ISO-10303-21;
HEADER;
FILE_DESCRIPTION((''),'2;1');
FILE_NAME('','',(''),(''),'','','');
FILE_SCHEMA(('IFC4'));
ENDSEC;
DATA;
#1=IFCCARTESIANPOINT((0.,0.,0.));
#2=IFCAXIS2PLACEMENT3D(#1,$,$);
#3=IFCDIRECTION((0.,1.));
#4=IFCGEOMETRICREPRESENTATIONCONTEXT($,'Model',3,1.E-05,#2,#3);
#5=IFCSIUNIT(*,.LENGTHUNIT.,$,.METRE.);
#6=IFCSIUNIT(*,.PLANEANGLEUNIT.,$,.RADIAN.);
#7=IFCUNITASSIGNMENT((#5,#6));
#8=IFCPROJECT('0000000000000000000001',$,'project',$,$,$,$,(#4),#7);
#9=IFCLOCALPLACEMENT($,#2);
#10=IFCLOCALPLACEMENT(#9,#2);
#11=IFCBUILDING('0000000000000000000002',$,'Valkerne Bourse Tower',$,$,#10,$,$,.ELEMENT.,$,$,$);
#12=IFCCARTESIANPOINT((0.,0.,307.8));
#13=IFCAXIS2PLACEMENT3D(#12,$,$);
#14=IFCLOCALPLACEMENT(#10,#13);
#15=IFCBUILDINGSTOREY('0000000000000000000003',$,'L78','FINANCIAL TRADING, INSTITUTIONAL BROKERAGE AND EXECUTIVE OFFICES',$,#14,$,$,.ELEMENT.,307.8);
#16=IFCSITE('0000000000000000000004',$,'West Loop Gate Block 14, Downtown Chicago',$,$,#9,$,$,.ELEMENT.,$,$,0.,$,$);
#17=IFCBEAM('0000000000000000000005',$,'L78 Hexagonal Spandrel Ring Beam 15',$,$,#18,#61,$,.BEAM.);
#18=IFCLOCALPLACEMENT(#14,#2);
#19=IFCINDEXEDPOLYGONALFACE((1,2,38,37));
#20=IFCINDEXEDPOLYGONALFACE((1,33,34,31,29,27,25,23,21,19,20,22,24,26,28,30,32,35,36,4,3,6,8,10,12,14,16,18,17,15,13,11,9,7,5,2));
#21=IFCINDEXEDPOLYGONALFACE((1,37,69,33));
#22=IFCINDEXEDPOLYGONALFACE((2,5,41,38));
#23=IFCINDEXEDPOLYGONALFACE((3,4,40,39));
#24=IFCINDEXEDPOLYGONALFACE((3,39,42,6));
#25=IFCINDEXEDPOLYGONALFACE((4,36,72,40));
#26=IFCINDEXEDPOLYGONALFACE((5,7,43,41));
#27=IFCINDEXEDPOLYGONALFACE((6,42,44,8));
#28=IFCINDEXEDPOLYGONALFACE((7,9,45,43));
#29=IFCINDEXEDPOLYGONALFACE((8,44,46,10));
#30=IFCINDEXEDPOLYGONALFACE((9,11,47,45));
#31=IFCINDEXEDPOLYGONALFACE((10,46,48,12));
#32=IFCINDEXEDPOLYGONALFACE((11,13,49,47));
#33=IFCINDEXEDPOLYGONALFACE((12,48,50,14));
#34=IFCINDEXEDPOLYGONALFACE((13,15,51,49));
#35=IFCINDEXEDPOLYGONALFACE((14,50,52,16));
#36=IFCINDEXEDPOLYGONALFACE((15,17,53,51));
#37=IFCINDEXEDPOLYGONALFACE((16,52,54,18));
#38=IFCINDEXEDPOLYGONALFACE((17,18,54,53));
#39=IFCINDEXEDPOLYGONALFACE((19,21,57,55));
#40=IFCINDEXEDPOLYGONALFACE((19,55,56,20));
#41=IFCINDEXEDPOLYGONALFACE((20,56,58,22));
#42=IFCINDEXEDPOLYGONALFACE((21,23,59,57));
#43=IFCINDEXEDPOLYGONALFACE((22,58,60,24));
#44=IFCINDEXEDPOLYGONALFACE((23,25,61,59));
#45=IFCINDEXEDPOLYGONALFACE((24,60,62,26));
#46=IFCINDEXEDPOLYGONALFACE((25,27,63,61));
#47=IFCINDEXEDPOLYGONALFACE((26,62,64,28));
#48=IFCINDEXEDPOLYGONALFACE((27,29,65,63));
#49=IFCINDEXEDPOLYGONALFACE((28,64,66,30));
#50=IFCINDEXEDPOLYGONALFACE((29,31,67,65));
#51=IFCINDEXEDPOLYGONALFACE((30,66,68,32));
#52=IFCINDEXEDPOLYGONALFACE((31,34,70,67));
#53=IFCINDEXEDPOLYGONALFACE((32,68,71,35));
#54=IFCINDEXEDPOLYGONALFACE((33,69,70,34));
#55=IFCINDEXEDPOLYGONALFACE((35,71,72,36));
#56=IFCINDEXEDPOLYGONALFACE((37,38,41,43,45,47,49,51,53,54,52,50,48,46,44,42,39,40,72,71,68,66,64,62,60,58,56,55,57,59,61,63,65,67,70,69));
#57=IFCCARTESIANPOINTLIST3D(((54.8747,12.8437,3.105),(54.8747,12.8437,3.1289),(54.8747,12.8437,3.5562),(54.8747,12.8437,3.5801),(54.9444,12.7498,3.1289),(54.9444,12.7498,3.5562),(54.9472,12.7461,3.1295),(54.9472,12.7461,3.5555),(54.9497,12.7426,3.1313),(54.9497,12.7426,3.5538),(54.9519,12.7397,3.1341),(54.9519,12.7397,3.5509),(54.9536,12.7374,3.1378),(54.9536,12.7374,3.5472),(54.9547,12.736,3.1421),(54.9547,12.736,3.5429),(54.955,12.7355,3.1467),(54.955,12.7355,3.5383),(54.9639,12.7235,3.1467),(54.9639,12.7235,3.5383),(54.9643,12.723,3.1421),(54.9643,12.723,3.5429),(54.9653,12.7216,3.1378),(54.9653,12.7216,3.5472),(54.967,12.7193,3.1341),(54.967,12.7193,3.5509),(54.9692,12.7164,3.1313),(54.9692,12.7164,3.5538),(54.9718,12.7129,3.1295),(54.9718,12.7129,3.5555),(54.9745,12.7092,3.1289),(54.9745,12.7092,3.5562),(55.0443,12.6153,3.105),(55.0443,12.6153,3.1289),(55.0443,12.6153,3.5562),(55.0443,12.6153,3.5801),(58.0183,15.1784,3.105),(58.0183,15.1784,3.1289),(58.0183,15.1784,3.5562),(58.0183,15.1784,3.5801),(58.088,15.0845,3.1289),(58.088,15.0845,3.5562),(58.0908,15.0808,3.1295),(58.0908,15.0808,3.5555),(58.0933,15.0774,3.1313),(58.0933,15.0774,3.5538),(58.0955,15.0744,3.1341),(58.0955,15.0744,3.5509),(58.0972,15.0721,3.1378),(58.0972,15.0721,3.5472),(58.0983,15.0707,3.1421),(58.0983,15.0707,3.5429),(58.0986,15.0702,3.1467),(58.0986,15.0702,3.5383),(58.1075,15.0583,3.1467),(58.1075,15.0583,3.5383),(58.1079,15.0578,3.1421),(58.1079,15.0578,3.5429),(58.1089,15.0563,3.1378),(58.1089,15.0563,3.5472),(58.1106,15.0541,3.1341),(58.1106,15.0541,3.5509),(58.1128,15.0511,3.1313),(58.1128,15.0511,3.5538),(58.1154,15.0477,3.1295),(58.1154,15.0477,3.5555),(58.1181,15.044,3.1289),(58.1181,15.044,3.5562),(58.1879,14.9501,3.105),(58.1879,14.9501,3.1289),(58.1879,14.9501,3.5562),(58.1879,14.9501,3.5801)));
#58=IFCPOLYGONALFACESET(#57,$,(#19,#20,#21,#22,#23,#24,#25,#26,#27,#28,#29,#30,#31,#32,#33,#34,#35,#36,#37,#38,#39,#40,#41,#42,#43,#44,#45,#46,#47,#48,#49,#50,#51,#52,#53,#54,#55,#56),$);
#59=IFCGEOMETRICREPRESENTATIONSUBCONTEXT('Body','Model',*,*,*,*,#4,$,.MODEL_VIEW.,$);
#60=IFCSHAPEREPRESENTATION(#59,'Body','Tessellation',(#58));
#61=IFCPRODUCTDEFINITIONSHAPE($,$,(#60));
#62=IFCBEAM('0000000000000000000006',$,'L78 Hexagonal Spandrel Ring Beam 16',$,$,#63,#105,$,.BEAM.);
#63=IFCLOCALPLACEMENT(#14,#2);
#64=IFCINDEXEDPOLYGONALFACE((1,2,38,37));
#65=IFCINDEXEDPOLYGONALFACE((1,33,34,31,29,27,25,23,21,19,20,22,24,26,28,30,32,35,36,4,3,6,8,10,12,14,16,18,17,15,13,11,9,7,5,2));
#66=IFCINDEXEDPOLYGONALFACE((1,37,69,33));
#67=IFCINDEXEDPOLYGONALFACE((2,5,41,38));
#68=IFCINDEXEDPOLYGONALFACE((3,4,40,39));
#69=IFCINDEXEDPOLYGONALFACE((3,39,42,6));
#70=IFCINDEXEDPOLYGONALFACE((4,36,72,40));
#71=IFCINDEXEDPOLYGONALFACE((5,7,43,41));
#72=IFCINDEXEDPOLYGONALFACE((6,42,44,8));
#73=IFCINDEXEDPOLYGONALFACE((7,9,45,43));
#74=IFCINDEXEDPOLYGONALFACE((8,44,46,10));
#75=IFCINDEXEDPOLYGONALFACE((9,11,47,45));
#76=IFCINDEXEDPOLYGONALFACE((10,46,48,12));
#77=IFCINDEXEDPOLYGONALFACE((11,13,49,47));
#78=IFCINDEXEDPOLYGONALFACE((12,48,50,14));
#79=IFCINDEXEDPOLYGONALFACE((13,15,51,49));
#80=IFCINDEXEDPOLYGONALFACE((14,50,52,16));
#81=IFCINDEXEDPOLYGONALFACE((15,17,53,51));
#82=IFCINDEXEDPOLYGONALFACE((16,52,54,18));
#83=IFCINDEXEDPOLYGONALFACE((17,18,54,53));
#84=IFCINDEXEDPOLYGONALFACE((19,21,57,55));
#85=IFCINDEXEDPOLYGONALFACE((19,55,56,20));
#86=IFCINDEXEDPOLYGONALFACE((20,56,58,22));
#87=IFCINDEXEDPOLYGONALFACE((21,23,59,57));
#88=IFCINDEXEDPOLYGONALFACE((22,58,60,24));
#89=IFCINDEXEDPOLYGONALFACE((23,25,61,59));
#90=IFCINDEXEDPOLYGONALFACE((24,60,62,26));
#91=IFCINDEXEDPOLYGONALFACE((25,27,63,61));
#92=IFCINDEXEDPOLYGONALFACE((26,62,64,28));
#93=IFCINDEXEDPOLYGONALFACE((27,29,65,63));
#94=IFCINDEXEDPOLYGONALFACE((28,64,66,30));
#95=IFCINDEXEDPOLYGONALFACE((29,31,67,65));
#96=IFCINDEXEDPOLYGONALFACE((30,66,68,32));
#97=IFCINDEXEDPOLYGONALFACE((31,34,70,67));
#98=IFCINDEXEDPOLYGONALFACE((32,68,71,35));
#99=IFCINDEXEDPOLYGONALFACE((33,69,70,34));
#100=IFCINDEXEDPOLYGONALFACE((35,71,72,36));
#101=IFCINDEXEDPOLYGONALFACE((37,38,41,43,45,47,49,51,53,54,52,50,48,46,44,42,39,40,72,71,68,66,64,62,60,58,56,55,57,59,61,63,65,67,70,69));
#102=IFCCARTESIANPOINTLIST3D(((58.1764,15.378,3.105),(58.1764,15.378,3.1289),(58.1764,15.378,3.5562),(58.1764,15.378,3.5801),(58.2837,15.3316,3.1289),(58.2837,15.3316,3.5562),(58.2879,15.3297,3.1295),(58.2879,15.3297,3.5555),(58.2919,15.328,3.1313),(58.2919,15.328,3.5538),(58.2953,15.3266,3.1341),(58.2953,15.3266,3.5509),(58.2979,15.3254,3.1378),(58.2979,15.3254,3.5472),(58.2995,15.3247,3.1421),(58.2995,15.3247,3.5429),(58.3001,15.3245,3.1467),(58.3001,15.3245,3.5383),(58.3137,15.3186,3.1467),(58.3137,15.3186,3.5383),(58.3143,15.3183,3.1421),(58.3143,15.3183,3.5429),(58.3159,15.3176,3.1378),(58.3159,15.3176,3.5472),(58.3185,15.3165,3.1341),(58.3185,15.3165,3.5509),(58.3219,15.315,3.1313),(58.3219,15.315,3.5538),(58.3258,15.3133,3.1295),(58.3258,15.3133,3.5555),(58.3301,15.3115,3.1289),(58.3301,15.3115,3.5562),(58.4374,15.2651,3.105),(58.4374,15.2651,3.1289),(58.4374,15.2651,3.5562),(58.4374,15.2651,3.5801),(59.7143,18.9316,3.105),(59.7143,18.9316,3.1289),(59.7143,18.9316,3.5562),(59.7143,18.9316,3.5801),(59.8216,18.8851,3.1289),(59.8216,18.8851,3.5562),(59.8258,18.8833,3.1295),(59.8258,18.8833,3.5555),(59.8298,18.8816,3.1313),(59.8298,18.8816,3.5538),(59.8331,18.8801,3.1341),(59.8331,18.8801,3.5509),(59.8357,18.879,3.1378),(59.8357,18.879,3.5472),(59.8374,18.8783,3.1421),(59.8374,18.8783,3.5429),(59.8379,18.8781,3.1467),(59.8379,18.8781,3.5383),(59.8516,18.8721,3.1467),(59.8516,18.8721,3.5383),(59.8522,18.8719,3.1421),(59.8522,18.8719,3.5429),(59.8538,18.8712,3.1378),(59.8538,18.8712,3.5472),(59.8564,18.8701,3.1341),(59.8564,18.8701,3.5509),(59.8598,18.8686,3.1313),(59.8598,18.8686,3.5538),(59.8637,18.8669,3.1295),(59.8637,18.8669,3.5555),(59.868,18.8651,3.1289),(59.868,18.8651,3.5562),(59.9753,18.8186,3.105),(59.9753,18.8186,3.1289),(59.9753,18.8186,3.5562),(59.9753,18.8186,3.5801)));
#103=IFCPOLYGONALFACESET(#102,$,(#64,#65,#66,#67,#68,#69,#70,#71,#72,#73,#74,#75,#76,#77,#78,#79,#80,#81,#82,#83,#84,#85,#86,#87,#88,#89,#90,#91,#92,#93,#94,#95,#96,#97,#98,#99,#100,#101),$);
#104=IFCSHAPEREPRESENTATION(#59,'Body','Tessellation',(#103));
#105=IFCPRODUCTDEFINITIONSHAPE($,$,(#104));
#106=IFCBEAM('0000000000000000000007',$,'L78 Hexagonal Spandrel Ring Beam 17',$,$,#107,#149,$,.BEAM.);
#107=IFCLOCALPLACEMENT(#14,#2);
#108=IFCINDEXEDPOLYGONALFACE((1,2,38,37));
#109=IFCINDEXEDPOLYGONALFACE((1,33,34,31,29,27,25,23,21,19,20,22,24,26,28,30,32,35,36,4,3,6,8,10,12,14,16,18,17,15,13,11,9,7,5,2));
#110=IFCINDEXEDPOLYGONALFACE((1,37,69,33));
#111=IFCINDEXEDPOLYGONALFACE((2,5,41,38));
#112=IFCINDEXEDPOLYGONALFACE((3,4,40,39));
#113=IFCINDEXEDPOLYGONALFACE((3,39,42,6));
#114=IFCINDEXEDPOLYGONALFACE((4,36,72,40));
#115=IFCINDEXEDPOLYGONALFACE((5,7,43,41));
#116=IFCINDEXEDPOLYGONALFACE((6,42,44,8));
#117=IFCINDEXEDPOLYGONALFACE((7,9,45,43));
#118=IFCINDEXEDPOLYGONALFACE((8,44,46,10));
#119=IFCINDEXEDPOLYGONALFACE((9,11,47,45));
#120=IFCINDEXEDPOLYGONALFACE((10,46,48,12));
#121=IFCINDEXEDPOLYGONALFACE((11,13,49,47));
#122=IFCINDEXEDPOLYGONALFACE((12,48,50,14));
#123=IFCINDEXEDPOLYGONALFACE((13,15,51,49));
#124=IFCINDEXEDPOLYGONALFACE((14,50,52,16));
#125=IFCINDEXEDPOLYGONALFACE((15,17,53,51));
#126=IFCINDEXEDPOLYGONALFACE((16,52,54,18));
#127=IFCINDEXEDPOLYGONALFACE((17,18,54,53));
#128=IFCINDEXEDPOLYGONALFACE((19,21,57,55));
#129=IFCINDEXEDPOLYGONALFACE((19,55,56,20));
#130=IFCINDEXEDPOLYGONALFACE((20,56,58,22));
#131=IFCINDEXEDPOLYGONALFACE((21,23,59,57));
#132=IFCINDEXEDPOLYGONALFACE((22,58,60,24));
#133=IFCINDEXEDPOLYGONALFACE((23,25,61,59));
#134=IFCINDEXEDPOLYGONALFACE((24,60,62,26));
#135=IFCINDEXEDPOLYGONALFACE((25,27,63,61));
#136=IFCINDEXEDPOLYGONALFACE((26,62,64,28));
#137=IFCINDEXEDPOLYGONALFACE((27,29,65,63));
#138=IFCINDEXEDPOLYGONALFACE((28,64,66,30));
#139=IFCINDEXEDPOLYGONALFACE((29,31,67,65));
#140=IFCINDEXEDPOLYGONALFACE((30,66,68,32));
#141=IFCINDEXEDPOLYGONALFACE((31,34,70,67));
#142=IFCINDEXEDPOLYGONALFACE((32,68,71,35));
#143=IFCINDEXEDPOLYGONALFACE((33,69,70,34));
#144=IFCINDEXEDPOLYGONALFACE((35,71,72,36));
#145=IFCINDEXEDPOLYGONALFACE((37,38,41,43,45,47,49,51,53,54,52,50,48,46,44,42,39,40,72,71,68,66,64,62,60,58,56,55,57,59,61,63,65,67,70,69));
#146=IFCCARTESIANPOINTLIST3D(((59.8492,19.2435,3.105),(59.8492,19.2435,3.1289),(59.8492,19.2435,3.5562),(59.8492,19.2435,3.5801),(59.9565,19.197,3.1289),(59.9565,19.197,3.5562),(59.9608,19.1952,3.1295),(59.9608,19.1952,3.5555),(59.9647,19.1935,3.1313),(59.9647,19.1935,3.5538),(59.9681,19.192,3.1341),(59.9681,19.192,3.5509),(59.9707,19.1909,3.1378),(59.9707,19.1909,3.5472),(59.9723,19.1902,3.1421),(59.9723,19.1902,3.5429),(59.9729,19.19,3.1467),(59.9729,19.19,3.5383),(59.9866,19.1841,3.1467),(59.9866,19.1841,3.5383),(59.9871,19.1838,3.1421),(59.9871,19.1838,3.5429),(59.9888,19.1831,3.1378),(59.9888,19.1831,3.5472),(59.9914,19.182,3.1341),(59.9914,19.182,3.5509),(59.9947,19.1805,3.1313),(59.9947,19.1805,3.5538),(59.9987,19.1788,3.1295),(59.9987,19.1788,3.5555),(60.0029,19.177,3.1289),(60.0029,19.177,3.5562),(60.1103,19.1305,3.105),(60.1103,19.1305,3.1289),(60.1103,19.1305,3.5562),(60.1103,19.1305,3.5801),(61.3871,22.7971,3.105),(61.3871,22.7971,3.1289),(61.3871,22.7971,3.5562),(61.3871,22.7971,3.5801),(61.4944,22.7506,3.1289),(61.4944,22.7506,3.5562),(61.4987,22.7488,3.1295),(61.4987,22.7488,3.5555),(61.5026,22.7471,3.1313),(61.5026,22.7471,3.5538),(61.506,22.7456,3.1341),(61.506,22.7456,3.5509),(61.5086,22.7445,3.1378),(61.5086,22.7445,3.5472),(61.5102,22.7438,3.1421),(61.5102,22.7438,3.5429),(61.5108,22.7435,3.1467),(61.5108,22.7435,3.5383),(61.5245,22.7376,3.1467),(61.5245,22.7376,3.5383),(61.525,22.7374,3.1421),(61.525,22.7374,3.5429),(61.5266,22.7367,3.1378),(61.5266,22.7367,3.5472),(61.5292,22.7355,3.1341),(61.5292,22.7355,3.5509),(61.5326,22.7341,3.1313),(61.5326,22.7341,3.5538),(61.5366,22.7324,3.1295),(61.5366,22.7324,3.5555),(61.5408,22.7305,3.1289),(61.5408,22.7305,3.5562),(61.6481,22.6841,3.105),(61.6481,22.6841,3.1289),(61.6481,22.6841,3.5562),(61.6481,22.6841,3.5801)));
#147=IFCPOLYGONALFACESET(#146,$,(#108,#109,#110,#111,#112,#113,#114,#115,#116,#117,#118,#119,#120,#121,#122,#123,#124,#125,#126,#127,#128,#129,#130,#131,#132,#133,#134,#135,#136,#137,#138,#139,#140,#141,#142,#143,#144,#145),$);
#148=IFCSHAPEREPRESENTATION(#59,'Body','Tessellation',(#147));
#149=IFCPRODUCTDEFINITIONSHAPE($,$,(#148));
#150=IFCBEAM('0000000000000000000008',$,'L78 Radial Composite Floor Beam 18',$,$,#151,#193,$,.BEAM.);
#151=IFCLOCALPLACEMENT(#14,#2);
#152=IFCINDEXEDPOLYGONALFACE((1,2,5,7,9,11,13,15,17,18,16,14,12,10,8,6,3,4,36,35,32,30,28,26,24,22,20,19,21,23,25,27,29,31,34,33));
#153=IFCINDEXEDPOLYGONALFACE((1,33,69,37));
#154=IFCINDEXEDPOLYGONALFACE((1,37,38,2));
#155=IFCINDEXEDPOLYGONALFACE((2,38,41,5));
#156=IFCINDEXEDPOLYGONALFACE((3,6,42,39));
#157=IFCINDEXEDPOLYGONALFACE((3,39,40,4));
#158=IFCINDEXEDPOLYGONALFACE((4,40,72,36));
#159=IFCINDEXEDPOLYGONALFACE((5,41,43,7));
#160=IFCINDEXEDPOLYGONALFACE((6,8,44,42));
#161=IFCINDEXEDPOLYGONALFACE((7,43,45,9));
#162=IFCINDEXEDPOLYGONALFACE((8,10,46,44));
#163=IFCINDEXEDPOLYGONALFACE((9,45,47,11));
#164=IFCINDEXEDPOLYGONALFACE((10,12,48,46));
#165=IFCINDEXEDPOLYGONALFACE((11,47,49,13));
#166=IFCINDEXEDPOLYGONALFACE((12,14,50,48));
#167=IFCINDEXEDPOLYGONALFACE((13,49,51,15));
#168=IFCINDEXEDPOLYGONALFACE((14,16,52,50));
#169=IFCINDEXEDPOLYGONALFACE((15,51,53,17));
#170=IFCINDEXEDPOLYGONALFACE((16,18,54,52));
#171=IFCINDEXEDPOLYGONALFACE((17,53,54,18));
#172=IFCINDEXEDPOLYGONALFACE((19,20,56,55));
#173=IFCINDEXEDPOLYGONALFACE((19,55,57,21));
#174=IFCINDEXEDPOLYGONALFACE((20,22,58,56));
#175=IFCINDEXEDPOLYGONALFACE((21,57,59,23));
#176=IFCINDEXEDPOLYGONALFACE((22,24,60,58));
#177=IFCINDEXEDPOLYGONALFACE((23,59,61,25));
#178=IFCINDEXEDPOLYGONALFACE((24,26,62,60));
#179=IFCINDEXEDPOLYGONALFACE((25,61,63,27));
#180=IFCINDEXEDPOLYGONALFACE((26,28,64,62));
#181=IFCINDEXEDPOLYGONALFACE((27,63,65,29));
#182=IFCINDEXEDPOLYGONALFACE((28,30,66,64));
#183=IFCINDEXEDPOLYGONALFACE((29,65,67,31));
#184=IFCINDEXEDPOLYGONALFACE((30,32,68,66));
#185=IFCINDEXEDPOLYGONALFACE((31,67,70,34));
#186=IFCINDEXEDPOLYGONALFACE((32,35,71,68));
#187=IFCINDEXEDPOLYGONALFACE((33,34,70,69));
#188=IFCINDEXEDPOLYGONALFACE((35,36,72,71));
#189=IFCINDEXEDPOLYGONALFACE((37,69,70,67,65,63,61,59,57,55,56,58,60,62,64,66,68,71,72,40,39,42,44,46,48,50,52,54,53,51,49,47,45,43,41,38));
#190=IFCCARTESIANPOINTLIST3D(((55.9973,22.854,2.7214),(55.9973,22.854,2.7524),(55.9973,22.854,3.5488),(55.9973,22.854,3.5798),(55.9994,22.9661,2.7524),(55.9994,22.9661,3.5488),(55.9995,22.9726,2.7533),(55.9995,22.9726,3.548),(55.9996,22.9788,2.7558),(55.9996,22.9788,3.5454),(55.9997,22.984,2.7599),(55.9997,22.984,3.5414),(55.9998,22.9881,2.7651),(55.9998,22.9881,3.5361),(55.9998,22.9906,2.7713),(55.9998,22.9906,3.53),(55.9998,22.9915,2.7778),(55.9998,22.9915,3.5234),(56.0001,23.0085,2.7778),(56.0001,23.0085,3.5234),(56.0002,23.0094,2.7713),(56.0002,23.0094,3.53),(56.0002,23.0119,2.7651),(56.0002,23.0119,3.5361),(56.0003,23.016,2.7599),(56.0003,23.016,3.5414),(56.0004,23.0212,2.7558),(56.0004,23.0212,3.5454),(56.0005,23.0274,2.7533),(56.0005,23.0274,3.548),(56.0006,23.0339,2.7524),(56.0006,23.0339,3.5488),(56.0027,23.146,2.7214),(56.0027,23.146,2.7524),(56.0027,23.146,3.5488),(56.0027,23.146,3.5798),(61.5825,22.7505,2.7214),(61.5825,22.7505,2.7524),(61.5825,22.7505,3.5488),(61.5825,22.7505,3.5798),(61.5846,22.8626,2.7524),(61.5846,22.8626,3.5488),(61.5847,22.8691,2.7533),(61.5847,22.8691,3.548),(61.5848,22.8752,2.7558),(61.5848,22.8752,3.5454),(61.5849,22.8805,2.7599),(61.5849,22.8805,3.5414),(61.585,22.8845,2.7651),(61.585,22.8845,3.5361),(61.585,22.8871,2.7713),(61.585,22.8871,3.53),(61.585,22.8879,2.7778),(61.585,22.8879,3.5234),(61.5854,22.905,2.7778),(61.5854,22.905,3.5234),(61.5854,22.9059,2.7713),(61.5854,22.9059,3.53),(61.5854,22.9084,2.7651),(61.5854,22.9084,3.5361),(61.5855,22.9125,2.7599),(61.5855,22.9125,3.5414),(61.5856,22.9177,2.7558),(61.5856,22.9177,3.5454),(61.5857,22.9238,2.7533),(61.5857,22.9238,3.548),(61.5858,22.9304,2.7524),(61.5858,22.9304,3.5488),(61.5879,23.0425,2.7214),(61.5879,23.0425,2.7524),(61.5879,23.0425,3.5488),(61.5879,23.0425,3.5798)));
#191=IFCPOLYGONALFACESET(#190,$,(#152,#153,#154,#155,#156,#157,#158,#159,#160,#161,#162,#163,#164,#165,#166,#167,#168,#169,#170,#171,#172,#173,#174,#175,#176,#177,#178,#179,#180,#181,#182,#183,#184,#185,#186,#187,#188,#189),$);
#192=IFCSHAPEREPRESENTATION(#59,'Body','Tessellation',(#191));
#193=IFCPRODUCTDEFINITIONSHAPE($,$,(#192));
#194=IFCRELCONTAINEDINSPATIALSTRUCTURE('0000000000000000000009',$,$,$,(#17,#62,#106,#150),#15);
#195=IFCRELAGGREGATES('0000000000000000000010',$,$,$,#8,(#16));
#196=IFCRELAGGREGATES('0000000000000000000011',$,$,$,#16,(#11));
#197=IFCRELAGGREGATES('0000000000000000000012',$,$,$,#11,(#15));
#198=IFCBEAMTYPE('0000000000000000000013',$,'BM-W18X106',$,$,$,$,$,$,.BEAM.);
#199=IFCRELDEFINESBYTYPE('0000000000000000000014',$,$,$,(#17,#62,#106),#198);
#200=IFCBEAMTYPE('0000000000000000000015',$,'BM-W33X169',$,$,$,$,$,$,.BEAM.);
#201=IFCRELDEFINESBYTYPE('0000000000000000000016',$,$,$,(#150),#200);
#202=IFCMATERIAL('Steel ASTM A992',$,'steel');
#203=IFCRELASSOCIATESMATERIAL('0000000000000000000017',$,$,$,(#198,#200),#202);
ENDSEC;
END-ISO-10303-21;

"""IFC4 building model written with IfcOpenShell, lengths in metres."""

from ifc_helpers import new_model, si_unit, direction, frame, origin, origin_2d, place, context, subcontext, project, spatial, i_section, extrude, material, material_profile, profile_set, type_object, element, save


model = new_model("IFC4")

# Units and contexts
model_context = context("Model", 3, precision=1e-05, world=origin(), true_north=direction((0.0, 1.0)))
body_context = subcontext(model_context, "Body", "Model", "MODEL_VIEW")
ifc_project = project(units=[si_unit("LENGTHUNIT", "METRE"), si_unit("PLANEANGLEUNIT", "RADIAN")], contexts=[model_context])

# Site, building, storey
site_placement = place(None, origin())
site = spatial("IfcSite", under=ifc_project, at=site_placement, Name="West Loop Gate Block 14, Downtown Chicago", CompositionType="ELEMENT", RefElevation=0.0)
building_placement = place(site_placement, origin())
building = spatial("IfcBuilding", under=site, at=building_placement, Name="Valkerne Bourse Tower", CompositionType="ELEMENT")
storey_placement = place(building_placement, frame((0.0, 0.0, 307.8)))
storey = spatial("IfcBuildingStorey", under=building, at=storey_placement, Name="L78", Description="FINANCIAL TRADING, INSTITUTIONAL BROKERAGE AND EXECUTIVE OFFICES", CompositionType="ELEMENT", Elevation=307.8)

# Beams
ifc_material_1 = material(Name="Steel ASTM A992", Category="steel")
ifc_material_profile_1 = material_profile(ifc_material_1, i_section(OverallWidth=0.2844, OverallDepth=0.4751, WebThickness=0.0149, FlangeThickness=0.0239, FilletRadius=0.0178, at=origin_2d()), Name="W18X106")
ifc_profile_set_1 = profile_set([ifc_material_profile_1], Name="Steel ASTM A992")
beam_type_1 = type_object("IfcBeamType", Name="BM-W18X106", PredefinedType="BEAM", material=ifc_profile_set_1)
beam_1_placement = place(storey_placement, frame((54.9595, 12.7295, 3.3425), z_axis=(0.802804, 0.596242, 0.0), x_axis=(-0.596242, 0.802804, 0.0)))
element("IfcBeam", 1, at=beam_1_placement, inside=storey, type_object=beam_type_1, Name="L78 Hexagonal Spandrel Ring Beam 15", PredefinedType="BEAM", context=body_context, shape_type="SweptSolid", body=[
    extrude(i_section(OverallWidth=0.2844, OverallDepth=0.4751, WebThickness=0.0149, FlangeThickness=0.0239, FilletRadius=0.0178, at=origin_2d()), origin(), (0.0, 0.0, 1.0), 3.9158),
])
for number, where, z_axis, x_axis, name in (
    (2, (58.3069, 15.3215, 3.3425), (0.397174, 0.917743, 0.0), (-0.917743, 0.397174, 0.0), "L78 Hexagonal Spandrel Ring Beam 16"),
    (3, (59.9797, 19.187, 3.3425), (0.397174, 0.917743, 0.0), (-0.917743, 0.397174, 0.0), "L78 Hexagonal Spandrel Ring Beam 17"),
):
    element("IfcBeam", number, at=place(storey_placement, frame(where, z_axis=z_axis, x_axis=x_axis)), inside=storey, type_object=beam_type_1, Name=name, PredefinedType="BEAM", context=body_context, shape_type="SweptSolid", body=[
        extrude(i_section(OverallWidth=0.2844, OverallDepth=0.4751, WebThickness=0.0149, FlangeThickness=0.0239, FilletRadius=0.0178, at=origin_2d()), origin(), (0.0, 0.0, 1.0), 3.8721),
    ])
ifc_material_profile_2 = material_profile(ifc_material_1, i_section(OverallWidth=0.292, OverallDepth=0.8584, WebThickness=0.0171, FlangeThickness=0.031, FilletRadius=0.0254, at=origin_2d()), Name="W33X169")
ifc_profile_set_2 = profile_set([ifc_material_profile_2], Name="Steel ASTM A992")
beam_type_2 = type_object("IfcBeamType", Name="BM-W33X169", PredefinedType="BEAM", material=ifc_profile_set_2)
beam_2_placement = place(storey_placement, frame((61.5852, 22.8965, 3.1506), z_axis=(-0.999828, 0.018531, 0.0), x_axis=(-0.018531, -0.999828, 0.0)))
element("IfcBeam", 4, at=beam_2_placement, inside=storey, type_object=beam_type_2, Name="L78 Radial Composite Floor Beam 18", PredefinedType="BEAM", context=body_context, shape_type="SweptSolid", body=[
    extrude(i_section(OverallWidth=0.292, OverallDepth=0.8584, WebThickness=0.0171, FlangeThickness=0.031, FilletRadius=0.0254, at=origin_2d()), origin(), (0.0, 0.0, 1.0), 5.5862),
])

save(model, "model.ifc")
